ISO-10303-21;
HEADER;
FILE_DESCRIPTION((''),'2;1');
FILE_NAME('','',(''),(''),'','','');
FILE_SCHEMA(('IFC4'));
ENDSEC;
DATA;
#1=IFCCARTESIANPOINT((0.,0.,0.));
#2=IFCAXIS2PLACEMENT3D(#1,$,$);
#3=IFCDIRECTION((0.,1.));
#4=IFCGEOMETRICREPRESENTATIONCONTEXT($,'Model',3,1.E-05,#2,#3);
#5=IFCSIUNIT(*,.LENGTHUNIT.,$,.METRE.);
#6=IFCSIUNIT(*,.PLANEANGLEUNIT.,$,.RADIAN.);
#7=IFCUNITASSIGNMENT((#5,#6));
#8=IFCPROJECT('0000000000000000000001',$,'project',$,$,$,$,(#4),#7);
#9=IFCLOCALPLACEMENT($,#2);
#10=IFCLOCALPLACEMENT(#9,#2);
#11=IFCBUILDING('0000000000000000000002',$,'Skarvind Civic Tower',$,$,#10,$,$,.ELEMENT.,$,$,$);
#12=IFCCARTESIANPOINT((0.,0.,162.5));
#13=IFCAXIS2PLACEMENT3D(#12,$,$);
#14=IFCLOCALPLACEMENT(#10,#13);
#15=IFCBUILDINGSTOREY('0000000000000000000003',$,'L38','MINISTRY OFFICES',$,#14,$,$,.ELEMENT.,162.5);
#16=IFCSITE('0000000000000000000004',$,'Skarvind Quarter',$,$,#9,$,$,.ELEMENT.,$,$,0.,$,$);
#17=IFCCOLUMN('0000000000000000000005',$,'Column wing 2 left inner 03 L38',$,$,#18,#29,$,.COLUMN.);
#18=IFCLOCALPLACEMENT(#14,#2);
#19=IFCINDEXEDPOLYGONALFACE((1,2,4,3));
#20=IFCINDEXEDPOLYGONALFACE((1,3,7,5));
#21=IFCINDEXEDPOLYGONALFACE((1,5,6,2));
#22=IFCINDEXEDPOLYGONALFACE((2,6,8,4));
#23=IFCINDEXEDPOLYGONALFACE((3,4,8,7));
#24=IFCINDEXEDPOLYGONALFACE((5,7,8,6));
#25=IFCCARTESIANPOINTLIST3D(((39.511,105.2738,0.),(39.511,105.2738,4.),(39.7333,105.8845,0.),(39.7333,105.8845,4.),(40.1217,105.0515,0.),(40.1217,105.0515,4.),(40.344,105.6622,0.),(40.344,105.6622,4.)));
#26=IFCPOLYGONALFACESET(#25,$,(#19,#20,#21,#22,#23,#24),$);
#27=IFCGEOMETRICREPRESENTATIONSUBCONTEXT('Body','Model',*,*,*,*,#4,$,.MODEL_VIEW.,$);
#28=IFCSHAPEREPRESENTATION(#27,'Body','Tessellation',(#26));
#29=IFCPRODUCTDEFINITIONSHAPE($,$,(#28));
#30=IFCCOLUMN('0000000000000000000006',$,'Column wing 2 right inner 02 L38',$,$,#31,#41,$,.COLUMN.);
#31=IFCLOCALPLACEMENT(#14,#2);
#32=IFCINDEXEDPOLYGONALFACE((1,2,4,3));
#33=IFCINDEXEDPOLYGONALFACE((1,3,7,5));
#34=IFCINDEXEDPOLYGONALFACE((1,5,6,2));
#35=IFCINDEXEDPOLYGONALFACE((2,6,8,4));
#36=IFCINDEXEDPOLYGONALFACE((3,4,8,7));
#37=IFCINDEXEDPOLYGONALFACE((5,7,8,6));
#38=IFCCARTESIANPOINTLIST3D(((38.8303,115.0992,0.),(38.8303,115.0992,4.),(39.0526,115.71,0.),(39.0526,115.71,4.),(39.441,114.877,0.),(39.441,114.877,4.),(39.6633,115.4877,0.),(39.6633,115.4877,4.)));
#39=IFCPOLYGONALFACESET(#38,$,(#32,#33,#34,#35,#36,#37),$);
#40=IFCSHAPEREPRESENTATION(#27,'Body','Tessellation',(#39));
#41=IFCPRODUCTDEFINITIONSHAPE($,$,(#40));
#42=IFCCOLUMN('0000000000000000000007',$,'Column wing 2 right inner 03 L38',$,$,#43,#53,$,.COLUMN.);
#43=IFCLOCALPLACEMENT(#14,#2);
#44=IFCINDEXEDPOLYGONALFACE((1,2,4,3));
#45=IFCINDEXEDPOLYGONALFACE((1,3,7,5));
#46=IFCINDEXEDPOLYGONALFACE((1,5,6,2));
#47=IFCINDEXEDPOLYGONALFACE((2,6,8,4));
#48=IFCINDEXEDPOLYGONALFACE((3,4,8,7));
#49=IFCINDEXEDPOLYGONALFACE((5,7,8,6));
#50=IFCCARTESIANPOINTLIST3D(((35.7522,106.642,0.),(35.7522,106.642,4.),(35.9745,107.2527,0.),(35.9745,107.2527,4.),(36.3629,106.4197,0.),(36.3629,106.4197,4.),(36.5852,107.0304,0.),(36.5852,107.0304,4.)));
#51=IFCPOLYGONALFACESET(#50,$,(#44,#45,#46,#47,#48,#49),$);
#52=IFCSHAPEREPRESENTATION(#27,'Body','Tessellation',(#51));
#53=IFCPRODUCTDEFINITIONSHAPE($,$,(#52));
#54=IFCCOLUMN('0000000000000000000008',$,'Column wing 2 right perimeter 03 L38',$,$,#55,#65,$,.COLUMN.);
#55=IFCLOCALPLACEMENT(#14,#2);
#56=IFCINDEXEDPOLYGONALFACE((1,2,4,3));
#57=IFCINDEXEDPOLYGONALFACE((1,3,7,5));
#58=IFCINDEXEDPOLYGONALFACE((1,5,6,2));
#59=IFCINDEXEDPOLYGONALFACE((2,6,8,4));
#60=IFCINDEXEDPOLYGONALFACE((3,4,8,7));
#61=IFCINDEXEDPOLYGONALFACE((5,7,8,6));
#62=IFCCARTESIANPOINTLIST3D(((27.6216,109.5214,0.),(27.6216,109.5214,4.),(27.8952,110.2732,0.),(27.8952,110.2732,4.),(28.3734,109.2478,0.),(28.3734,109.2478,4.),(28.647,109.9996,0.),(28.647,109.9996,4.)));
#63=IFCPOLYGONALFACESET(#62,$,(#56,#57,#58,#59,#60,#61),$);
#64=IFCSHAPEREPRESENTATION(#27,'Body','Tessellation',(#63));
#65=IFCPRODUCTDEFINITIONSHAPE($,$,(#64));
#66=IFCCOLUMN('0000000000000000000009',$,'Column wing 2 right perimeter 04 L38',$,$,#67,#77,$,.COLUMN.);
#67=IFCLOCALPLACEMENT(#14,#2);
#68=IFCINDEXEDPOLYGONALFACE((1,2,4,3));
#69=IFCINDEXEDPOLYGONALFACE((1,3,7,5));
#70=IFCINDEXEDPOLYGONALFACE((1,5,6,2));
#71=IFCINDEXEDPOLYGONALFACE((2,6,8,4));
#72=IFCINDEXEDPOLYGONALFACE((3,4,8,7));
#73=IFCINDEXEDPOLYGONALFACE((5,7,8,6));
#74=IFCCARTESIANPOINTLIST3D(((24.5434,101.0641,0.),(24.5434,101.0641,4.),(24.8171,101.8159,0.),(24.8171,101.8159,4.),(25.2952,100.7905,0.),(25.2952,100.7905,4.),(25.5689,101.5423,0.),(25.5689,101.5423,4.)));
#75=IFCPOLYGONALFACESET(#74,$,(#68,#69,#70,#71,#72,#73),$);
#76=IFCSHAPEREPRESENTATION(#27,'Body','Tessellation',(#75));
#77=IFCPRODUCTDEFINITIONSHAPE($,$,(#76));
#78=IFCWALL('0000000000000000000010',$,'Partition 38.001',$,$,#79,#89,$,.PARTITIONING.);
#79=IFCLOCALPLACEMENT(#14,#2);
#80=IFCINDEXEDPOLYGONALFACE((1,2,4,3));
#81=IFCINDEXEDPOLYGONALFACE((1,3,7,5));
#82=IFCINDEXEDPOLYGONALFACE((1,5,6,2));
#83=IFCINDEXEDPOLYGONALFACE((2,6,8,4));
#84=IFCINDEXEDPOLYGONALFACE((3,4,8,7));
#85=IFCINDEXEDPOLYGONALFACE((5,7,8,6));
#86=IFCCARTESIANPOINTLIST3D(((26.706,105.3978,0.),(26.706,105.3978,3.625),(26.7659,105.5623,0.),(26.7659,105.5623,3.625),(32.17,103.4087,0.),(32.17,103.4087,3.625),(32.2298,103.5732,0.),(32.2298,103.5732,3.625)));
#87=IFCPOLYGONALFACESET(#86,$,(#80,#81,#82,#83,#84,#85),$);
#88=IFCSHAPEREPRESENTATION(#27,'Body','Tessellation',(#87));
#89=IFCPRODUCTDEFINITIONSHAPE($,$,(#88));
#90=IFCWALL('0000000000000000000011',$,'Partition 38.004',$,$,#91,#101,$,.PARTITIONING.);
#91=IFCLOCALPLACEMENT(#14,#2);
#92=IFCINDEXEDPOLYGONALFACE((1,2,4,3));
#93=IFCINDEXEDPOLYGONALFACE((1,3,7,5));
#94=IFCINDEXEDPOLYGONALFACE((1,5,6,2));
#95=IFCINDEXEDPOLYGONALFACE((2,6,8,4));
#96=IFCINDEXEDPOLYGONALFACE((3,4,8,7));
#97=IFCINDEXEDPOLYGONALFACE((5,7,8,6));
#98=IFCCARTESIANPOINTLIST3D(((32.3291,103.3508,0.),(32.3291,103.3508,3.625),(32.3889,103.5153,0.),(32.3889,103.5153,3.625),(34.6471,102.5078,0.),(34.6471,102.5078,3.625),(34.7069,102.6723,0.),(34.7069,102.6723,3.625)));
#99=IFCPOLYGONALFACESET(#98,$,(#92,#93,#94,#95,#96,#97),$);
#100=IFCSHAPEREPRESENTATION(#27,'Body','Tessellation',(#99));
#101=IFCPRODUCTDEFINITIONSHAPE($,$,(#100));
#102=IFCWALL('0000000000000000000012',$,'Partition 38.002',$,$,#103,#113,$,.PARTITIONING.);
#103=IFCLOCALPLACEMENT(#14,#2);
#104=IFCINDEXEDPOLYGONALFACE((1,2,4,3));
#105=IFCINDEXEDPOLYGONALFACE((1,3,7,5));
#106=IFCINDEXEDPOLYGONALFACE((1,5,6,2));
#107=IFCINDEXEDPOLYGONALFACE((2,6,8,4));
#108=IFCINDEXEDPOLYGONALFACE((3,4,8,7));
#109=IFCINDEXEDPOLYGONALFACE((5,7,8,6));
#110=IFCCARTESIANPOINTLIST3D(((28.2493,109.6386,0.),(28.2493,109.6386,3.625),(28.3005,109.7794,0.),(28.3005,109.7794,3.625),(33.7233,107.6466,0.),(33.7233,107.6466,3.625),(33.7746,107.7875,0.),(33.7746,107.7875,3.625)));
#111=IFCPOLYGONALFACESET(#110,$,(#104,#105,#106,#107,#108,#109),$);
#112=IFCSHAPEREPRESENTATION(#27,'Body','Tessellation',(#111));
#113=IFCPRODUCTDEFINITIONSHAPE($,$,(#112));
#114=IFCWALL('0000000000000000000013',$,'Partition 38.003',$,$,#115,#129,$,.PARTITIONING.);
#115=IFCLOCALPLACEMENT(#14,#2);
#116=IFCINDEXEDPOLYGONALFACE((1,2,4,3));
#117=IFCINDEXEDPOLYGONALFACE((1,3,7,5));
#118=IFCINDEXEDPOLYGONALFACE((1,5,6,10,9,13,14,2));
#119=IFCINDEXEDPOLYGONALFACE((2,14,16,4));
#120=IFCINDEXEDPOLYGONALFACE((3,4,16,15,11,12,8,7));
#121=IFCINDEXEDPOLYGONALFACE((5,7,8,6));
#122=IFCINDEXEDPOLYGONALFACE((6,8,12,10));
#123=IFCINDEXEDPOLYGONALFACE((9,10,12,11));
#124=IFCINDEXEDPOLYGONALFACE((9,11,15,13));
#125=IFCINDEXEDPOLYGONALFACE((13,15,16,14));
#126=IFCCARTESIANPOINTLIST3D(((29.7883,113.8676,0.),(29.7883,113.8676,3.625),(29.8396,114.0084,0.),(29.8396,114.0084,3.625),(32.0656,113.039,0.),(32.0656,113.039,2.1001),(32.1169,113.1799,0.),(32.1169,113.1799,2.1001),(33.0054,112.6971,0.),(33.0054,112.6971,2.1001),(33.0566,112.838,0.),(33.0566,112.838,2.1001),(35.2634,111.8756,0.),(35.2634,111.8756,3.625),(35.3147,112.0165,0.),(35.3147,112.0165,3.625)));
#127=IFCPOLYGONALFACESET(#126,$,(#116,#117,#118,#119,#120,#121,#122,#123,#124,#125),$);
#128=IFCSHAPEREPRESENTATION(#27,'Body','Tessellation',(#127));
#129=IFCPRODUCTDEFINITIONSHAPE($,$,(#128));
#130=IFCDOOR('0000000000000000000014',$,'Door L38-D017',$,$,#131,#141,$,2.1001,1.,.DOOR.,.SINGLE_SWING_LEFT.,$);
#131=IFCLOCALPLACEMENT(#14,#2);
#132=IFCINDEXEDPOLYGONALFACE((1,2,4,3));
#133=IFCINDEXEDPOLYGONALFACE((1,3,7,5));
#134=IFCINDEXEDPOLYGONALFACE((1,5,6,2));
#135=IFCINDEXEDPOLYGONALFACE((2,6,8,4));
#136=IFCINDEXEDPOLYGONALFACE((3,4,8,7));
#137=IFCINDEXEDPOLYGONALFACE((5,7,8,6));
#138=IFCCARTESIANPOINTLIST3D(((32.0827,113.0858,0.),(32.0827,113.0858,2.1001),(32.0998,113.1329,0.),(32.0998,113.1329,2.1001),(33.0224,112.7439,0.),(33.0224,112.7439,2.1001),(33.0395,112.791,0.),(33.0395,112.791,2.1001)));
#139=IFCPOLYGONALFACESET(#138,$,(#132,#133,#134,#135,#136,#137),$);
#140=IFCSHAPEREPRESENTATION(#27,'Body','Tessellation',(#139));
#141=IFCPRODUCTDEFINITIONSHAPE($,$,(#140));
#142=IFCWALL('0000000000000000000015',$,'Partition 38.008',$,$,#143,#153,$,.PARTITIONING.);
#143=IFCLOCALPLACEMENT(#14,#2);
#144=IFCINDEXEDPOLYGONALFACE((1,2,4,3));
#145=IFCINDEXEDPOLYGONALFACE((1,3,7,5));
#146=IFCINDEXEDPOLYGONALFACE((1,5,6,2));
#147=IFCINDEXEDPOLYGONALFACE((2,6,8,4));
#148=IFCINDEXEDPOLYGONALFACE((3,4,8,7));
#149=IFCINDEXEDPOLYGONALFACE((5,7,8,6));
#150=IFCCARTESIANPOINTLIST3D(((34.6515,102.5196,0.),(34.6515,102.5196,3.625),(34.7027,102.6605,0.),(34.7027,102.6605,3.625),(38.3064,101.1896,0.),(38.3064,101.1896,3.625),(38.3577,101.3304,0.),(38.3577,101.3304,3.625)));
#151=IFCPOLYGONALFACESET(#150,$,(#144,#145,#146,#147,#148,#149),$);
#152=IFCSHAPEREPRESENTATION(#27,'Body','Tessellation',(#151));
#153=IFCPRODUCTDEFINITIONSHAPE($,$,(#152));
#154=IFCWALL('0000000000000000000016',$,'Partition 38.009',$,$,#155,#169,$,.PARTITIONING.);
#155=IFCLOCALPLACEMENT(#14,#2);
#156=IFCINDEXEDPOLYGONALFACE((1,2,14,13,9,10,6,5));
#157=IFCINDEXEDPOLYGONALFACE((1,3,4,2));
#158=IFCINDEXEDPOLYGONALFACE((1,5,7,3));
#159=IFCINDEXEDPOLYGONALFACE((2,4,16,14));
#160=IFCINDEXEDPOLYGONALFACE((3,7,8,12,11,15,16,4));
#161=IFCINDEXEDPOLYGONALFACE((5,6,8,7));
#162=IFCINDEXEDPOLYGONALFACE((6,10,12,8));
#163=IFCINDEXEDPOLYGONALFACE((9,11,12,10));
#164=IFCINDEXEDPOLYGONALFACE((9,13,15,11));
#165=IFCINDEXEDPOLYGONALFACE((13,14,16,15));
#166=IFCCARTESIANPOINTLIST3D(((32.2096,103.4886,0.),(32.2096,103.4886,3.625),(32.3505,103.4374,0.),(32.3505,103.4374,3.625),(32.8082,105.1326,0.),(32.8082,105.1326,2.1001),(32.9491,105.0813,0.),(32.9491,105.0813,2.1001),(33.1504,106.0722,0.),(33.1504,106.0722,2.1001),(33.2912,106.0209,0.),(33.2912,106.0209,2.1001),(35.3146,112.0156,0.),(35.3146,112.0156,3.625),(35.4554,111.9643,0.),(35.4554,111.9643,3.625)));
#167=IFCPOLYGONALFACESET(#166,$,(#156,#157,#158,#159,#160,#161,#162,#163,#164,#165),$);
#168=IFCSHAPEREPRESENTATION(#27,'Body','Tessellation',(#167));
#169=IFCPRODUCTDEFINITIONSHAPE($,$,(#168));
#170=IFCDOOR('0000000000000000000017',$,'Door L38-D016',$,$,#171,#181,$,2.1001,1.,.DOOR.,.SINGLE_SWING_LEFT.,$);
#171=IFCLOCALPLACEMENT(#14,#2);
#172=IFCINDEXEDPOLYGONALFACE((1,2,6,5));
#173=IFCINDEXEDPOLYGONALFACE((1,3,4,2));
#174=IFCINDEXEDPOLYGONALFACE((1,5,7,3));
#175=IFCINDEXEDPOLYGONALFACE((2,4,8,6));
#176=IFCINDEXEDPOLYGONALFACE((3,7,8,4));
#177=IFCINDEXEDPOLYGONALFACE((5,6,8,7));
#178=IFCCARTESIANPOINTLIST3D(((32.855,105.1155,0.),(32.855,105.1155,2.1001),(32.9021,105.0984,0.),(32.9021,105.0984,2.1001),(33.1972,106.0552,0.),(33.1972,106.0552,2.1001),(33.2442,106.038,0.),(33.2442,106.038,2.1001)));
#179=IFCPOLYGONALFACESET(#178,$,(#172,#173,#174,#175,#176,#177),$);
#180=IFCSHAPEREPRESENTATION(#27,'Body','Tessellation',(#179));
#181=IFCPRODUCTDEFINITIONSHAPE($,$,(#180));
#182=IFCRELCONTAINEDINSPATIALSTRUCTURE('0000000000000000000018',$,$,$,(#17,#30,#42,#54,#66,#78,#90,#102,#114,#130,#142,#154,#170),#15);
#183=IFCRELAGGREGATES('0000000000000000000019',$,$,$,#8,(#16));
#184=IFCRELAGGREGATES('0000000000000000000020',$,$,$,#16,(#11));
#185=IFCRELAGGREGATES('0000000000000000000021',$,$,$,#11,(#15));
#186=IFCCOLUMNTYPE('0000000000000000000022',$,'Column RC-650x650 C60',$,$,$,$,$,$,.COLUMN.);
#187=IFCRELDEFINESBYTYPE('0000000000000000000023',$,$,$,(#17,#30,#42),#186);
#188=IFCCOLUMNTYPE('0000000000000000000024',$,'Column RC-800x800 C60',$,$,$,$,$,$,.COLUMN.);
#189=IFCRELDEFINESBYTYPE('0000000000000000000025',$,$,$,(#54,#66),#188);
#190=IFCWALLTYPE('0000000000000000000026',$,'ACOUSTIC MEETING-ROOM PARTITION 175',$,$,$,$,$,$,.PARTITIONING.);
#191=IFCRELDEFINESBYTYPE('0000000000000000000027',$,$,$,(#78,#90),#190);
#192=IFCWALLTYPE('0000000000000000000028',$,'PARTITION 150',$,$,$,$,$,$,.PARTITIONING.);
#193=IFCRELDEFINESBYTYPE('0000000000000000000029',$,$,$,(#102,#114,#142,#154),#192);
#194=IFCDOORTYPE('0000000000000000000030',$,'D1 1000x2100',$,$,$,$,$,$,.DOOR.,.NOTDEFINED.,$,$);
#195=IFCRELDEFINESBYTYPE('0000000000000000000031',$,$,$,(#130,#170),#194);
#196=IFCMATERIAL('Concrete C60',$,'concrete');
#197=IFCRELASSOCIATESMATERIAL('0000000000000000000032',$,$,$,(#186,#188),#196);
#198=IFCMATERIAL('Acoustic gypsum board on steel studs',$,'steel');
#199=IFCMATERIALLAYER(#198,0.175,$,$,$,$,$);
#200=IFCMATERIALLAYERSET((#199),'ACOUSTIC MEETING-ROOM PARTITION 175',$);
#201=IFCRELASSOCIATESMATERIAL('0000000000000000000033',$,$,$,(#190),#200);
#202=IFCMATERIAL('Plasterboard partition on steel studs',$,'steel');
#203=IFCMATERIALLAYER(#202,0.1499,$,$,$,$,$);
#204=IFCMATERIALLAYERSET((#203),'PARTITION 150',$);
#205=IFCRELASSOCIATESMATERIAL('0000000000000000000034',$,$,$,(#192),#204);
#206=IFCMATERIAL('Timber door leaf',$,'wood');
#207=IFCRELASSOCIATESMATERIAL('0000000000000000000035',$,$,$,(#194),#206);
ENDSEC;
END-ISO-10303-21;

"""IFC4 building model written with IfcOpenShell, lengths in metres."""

from ifc_helpers import new_model, si_unit, direction, frame, frame_2d, origin, origin_2d, place, context, subcontext, project, spatial, rectangle, extrude, material, layer, layer_set, material_profile, profile_set, type_object, element, fill, save


model = new_model("IFC4")

# Units and contexts
model_context = context("Model", 3, precision=1e-05, world=origin(), true_north=direction((0.0, 1.0)))
body_context = subcontext(model_context, "Body", "Model", "MODEL_VIEW")
ifc_project = project(units=[si_unit("LENGTHUNIT", "METRE"), si_unit("PLANEANGLEUNIT", "RADIAN")], contexts=[model_context])

# Site, building, storey
site_placement = place(None, origin())
site = spatial("IfcSite", under=ifc_project, at=site_placement, Name="Skarvind Quarter", CompositionType="ELEMENT", RefElevation=0.0)
building_placement = place(site_placement, origin())
building = spatial("IfcBuilding", under=site, at=building_placement, Name="Skarvind Civic Tower", CompositionType="ELEMENT")
storey_placement = place(building_placement, frame((0.0, 0.0, 162.5)))
storey = spatial("IfcBuildingStorey", under=building, at=storey_placement, Name="L38", Description="MINISTRY OFFICES", CompositionType="ELEMENT", Elevation=162.5)

# Columns
ifc_material_1 = material(Name="Concrete C60", Category="concrete")
ifc_material_profile_1 = material_profile(ifc_material_1, rectangle(XDim=0.6499, YDim=0.6499, at=origin_2d()), Name="RC-650x650")
ifc_profile_set_1 = profile_set([ifc_material_profile_1], Name="Concrete C60")
column_type_1 = type_object("IfcColumnType", Name="Column RC-650x650 C60", PredefinedType="COLUMN", material=ifc_profile_set_1)
for number, where, z_axis, x_axis, name in (
    (1, (39.9275, 105.468, 0.0), (0.0, 0.0, 1.0), (-0.34202, -0.939693, 0.0), "Column wing 2 left inner 03 L38"),
    (2, (39.2468, 115.2935, 0.0), (0.0, 0.0, 1.0), (-0.34202, -0.939693, 0.0), "Column wing 2 right inner 02 L38"),
    (3, (36.1687, 106.8362, 0.0), (0.0, 0.0, 1.0), (-0.34202, -0.939693, 0.0), "Column wing 2 right inner 03 L38"),
):
    element("IfcColumn", number, at=place(storey_placement, frame(where, z_axis=z_axis, x_axis=x_axis)), inside=storey, type_object=column_type_1, Name=name, PredefinedType="COLUMN", context=body_context, shape_type="SweptSolid", body=[
        extrude(rectangle(XDim=0.6499, YDim=0.6499, at=origin_2d()), origin(), (0.0, 0.0, 1.0), 4.0),
    ])
ifc_material_profile_2 = material_profile(ifc_material_1, rectangle(XDim=0.8, YDim=0.8, at=origin_2d()), Name="RC-800x800")
ifc_profile_set_2 = profile_set([ifc_material_profile_2], Name="Concrete C60")
column_type_2 = type_object("IfcColumnType", Name="Column RC-800x800 C60", PredefinedType="COLUMN", material=ifc_profile_set_2)
for number, where, z_axis, x_axis, name in (
    (4, (28.1343, 109.7605, 0.0), (0.0, 0.0, 1.0), (-0.34202, -0.939693, 0.0), "Column wing 2 right perimeter 03 L38"),
    (5, (25.0562, 101.3032, 0.0), (0.0, 0.0, 1.0), (-0.34202, -0.939693, 0.0), "Column wing 2 right perimeter 04 L38"),
):
    element("IfcColumn", number, at=place(storey_placement, frame(where, z_axis=z_axis, x_axis=x_axis)), inside=storey, type_object=column_type_2, Name=name, PredefinedType="COLUMN", context=body_context, shape_type="SweptSolid", body=[
        extrude(rectangle(XDim=0.8, YDim=0.8, at=origin_2d()), origin(), (0.0, 0.0, 1.0), 4.0),
    ])

# Walls
ifc_material_2 = material(Name="Acoustic gypsum board on steel studs", Category="steel")
ifc_layer_1 = layer(ifc_material_2, 0.175)
ifc_layer_set_1 = layer_set([ifc_layer_1], Name="ACOUSTIC MEETING-ROOM PARTITION 175")
wall_type_1 = type_object("IfcWallType", Name="ACOUSTIC MEETING-ROOM PARTITION 175", PredefinedType="PARTITIONING", material=ifc_layer_set_1)
wall_1_placement = place(storey_placement, frame((26.7361, 105.48, 0.0), z_axis=(0.0, 0.0, 1.0), x_axis=(0.939674, -0.34207, 0.0)))
element("IfcWall", 6, at=wall_1_placement, inside=storey, type_object=wall_type_1, Name="Partition 38.001", PredefinedType="PARTITIONING", context=body_context, shape_type="SweptSolid", body=[
    extrude(rectangle(XDim=5.8147, YDim=0.175, at=frame_2d((2.9072, 0.0))), origin(), (0.0, 0.0, 1.0), 3.625),
])
wall_2_placement = place(storey_placement, frame((32.3589, 103.4331, 0.0), z_axis=(0.0, 0.0, 1.0), x_axis=(0.939785, -0.341767, 0.0)))
element("IfcWall", 7, at=wall_2_placement, inside=storey, type_object=wall_type_1, Name="Partition 38.004", PredefinedType="PARTITIONING", context=body_context, shape_type="SweptSolid", body=[
    extrude(rectangle(XDim=2.4666, YDim=0.175, at=frame_2d((1.2334, 0.0))), origin(), (0.0, 0.0, 1.0), 3.625),
])
ifc_material_3 = material(Name="Plasterboard partition on steel studs", Category="steel")
ifc_layer_2 = layer(ifc_material_3, 0.1499)
ifc_layer_set_2 = layer_set([ifc_layer_2], Name="PARTITION 150")
wall_type_2 = type_object("IfcWallType", Name="PARTITION 150", PredefinedType="PARTITIONING", material=ifc_layer_set_2)
wall_3_placement = place(storey_placement, frame((28.2749, 109.709, 0.0), z_axis=(0.0, 0.0, 1.0), x_axis=(0.939719, -0.341948, 0.0)))
element("IfcWall", 8, at=wall_3_placement, inside=storey, type_object=wall_type_2, Name="Partition 38.002", PredefinedType="PARTITIONING", context=body_context, shape_type="SweptSolid", body=[
    extrude(rectangle(XDim=5.8252, YDim=0.1499, at=frame_2d((2.9126, 0.0))), origin(), (0.0, 0.0, 1.0), 3.625),
])

# Wall, opening, door
wall_4_placement = place(storey_placement, frame((29.814, 113.938, 0.0), z_axis=(0.0, 0.0, 1.0), x_axis=(0.939738, -0.341894, 0.0)))
wall_4 = element("IfcWall", 9, at=wall_4_placement, inside=storey, type_object=wall_type_2, Name="Partition 38.003", PredefinedType="PARTITIONING", context=body_context, shape_type="SweptSolid", body=[
    extrude(rectangle(XDim=5.8262, YDim=0.1499, at=frame_2d((2.9131, 0.0))), origin(), (0.0, 0.0, 1.0), 3.625),
])
opening_1_placement = place(wall_4_placement, frame((2.4233, 0.0, 0.0)))
opening_1 = element("IfcOpeningElement", 10, at=opening_1_placement, cuts=wall_4, PredefinedType="OPENING", context=body_context, shape_type="SweptSolid", body=[
    extrude(rectangle(XDim=1.0, YDim=2.1001, at=frame_2d((0.5, 1.05))), frame((0.0, 0.085, 0.0), z_axis=(0.0, -1.0, 0.0), x_axis=(1.0, 0.0, 0.0)), (0.0, 0.0, 1.0), 0.1699),
])
ifc_material_4 = material(Name="Timber door leaf", Category="wood")
door_type = type_object("IfcDoorType", Name="D1 1000x2100", OperationType="NOTDEFINED", PredefinedType="DOOR", material=ifc_material_4)
door_1_placement = place(opening_1_placement, origin())
door_1 = element("IfcDoor", 11, at=door_1_placement, inside=storey, type_object=door_type, Name="Door L38-D017", OperationType="SINGLE_SWING_LEFT", OverallHeight=2.1001, OverallWidth=1.0, PredefinedType="DOOR", context=body_context, shape_type="SweptSolid", body=[
    extrude(rectangle(XDim=1.0, YDim=2.1001, at=frame_2d((0.5, 1.05))), frame((0.0, 0.0249, 0.0), z_axis=(0.0, -1.0, 0.0), x_axis=(1.0, 0.0, 0.0)), (0.0, 0.0, 1.0), 0.05),
])
fill(opening_1, door_1)

# Wall
wall_5_placement = place(storey_placement, frame((34.677, 102.5901, 0.0), z_axis=(0.0, 0.0, 1.0), x_axis=(0.939713, -0.341965, 0.0)))
element("IfcWall", 12, at=wall_5_placement, inside=storey, type_object=wall_type_2, Name="Partition 38.008", PredefinedType="PARTITIONING", context=body_context, shape_type="SweptSolid", body=[
    extrude(rectangle(XDim=3.8894, YDim=0.1499, at=frame_2d((1.9448, 0.0))), origin(), (0.0, 0.0, 1.0), 3.625),
])

# Wall, opening, door
wall_6_placement = place(storey_placement, frame((35.385, 111.99, 0.0), z_axis=(0.0, 0.0, 1.0), x_axis=(-0.342153, -0.939644, 0.0)))
wall_6 = element("IfcWall", 13, at=wall_6_placement, inside=storey, type_object=wall_type_2, Name="Partition 38.009", PredefinedType="PARTITIONING", context=body_context, shape_type="SweptSolid", body=[
    extrude(rectangle(XDim=9.0747, YDim=0.1499, at=frame_2d((4.5374, 0.0))), origin(), (0.0, 0.0, 1.0), 3.625),
])
opening_2_placement = place(wall_6_placement, frame((6.3252, 0.0, 0.0)))
opening_2 = element("IfcOpeningElement", 14, at=opening_2_placement, cuts=wall_6, PredefinedType="OPENING", context=body_context, shape_type="SweptSolid", body=[
    extrude(rectangle(XDim=1.0, YDim=2.1001, at=frame_2d((0.5, 1.05))), frame((0.0, 0.085, 0.0), z_axis=(0.0, -1.0, 0.0), x_axis=(1.0, 0.0, 0.0)), (0.0, 0.0, 1.0), 0.1699),
])
door_2_placement = place(opening_2_placement, origin())
door_2 = element("IfcDoor", 15, at=door_2_placement, inside=storey, type_object=door_type, Name="Door L38-D016", OperationType="SINGLE_SWING_LEFT", OverallHeight=2.1001, OverallWidth=1.0, PredefinedType="DOOR", context=body_context, shape_type="SweptSolid", body=[
    extrude(rectangle(XDim=1.0, YDim=2.1001, at=frame_2d((0.5, 1.05))), frame((0.0, 0.0249, 0.0), z_axis=(0.0, -1.0, 0.0), x_axis=(1.0, 0.0, 0.0)), (0.0, 0.0, 1.0), 0.05),
])
fill(opening_2, door_2)

save(model, "model.ifc")
